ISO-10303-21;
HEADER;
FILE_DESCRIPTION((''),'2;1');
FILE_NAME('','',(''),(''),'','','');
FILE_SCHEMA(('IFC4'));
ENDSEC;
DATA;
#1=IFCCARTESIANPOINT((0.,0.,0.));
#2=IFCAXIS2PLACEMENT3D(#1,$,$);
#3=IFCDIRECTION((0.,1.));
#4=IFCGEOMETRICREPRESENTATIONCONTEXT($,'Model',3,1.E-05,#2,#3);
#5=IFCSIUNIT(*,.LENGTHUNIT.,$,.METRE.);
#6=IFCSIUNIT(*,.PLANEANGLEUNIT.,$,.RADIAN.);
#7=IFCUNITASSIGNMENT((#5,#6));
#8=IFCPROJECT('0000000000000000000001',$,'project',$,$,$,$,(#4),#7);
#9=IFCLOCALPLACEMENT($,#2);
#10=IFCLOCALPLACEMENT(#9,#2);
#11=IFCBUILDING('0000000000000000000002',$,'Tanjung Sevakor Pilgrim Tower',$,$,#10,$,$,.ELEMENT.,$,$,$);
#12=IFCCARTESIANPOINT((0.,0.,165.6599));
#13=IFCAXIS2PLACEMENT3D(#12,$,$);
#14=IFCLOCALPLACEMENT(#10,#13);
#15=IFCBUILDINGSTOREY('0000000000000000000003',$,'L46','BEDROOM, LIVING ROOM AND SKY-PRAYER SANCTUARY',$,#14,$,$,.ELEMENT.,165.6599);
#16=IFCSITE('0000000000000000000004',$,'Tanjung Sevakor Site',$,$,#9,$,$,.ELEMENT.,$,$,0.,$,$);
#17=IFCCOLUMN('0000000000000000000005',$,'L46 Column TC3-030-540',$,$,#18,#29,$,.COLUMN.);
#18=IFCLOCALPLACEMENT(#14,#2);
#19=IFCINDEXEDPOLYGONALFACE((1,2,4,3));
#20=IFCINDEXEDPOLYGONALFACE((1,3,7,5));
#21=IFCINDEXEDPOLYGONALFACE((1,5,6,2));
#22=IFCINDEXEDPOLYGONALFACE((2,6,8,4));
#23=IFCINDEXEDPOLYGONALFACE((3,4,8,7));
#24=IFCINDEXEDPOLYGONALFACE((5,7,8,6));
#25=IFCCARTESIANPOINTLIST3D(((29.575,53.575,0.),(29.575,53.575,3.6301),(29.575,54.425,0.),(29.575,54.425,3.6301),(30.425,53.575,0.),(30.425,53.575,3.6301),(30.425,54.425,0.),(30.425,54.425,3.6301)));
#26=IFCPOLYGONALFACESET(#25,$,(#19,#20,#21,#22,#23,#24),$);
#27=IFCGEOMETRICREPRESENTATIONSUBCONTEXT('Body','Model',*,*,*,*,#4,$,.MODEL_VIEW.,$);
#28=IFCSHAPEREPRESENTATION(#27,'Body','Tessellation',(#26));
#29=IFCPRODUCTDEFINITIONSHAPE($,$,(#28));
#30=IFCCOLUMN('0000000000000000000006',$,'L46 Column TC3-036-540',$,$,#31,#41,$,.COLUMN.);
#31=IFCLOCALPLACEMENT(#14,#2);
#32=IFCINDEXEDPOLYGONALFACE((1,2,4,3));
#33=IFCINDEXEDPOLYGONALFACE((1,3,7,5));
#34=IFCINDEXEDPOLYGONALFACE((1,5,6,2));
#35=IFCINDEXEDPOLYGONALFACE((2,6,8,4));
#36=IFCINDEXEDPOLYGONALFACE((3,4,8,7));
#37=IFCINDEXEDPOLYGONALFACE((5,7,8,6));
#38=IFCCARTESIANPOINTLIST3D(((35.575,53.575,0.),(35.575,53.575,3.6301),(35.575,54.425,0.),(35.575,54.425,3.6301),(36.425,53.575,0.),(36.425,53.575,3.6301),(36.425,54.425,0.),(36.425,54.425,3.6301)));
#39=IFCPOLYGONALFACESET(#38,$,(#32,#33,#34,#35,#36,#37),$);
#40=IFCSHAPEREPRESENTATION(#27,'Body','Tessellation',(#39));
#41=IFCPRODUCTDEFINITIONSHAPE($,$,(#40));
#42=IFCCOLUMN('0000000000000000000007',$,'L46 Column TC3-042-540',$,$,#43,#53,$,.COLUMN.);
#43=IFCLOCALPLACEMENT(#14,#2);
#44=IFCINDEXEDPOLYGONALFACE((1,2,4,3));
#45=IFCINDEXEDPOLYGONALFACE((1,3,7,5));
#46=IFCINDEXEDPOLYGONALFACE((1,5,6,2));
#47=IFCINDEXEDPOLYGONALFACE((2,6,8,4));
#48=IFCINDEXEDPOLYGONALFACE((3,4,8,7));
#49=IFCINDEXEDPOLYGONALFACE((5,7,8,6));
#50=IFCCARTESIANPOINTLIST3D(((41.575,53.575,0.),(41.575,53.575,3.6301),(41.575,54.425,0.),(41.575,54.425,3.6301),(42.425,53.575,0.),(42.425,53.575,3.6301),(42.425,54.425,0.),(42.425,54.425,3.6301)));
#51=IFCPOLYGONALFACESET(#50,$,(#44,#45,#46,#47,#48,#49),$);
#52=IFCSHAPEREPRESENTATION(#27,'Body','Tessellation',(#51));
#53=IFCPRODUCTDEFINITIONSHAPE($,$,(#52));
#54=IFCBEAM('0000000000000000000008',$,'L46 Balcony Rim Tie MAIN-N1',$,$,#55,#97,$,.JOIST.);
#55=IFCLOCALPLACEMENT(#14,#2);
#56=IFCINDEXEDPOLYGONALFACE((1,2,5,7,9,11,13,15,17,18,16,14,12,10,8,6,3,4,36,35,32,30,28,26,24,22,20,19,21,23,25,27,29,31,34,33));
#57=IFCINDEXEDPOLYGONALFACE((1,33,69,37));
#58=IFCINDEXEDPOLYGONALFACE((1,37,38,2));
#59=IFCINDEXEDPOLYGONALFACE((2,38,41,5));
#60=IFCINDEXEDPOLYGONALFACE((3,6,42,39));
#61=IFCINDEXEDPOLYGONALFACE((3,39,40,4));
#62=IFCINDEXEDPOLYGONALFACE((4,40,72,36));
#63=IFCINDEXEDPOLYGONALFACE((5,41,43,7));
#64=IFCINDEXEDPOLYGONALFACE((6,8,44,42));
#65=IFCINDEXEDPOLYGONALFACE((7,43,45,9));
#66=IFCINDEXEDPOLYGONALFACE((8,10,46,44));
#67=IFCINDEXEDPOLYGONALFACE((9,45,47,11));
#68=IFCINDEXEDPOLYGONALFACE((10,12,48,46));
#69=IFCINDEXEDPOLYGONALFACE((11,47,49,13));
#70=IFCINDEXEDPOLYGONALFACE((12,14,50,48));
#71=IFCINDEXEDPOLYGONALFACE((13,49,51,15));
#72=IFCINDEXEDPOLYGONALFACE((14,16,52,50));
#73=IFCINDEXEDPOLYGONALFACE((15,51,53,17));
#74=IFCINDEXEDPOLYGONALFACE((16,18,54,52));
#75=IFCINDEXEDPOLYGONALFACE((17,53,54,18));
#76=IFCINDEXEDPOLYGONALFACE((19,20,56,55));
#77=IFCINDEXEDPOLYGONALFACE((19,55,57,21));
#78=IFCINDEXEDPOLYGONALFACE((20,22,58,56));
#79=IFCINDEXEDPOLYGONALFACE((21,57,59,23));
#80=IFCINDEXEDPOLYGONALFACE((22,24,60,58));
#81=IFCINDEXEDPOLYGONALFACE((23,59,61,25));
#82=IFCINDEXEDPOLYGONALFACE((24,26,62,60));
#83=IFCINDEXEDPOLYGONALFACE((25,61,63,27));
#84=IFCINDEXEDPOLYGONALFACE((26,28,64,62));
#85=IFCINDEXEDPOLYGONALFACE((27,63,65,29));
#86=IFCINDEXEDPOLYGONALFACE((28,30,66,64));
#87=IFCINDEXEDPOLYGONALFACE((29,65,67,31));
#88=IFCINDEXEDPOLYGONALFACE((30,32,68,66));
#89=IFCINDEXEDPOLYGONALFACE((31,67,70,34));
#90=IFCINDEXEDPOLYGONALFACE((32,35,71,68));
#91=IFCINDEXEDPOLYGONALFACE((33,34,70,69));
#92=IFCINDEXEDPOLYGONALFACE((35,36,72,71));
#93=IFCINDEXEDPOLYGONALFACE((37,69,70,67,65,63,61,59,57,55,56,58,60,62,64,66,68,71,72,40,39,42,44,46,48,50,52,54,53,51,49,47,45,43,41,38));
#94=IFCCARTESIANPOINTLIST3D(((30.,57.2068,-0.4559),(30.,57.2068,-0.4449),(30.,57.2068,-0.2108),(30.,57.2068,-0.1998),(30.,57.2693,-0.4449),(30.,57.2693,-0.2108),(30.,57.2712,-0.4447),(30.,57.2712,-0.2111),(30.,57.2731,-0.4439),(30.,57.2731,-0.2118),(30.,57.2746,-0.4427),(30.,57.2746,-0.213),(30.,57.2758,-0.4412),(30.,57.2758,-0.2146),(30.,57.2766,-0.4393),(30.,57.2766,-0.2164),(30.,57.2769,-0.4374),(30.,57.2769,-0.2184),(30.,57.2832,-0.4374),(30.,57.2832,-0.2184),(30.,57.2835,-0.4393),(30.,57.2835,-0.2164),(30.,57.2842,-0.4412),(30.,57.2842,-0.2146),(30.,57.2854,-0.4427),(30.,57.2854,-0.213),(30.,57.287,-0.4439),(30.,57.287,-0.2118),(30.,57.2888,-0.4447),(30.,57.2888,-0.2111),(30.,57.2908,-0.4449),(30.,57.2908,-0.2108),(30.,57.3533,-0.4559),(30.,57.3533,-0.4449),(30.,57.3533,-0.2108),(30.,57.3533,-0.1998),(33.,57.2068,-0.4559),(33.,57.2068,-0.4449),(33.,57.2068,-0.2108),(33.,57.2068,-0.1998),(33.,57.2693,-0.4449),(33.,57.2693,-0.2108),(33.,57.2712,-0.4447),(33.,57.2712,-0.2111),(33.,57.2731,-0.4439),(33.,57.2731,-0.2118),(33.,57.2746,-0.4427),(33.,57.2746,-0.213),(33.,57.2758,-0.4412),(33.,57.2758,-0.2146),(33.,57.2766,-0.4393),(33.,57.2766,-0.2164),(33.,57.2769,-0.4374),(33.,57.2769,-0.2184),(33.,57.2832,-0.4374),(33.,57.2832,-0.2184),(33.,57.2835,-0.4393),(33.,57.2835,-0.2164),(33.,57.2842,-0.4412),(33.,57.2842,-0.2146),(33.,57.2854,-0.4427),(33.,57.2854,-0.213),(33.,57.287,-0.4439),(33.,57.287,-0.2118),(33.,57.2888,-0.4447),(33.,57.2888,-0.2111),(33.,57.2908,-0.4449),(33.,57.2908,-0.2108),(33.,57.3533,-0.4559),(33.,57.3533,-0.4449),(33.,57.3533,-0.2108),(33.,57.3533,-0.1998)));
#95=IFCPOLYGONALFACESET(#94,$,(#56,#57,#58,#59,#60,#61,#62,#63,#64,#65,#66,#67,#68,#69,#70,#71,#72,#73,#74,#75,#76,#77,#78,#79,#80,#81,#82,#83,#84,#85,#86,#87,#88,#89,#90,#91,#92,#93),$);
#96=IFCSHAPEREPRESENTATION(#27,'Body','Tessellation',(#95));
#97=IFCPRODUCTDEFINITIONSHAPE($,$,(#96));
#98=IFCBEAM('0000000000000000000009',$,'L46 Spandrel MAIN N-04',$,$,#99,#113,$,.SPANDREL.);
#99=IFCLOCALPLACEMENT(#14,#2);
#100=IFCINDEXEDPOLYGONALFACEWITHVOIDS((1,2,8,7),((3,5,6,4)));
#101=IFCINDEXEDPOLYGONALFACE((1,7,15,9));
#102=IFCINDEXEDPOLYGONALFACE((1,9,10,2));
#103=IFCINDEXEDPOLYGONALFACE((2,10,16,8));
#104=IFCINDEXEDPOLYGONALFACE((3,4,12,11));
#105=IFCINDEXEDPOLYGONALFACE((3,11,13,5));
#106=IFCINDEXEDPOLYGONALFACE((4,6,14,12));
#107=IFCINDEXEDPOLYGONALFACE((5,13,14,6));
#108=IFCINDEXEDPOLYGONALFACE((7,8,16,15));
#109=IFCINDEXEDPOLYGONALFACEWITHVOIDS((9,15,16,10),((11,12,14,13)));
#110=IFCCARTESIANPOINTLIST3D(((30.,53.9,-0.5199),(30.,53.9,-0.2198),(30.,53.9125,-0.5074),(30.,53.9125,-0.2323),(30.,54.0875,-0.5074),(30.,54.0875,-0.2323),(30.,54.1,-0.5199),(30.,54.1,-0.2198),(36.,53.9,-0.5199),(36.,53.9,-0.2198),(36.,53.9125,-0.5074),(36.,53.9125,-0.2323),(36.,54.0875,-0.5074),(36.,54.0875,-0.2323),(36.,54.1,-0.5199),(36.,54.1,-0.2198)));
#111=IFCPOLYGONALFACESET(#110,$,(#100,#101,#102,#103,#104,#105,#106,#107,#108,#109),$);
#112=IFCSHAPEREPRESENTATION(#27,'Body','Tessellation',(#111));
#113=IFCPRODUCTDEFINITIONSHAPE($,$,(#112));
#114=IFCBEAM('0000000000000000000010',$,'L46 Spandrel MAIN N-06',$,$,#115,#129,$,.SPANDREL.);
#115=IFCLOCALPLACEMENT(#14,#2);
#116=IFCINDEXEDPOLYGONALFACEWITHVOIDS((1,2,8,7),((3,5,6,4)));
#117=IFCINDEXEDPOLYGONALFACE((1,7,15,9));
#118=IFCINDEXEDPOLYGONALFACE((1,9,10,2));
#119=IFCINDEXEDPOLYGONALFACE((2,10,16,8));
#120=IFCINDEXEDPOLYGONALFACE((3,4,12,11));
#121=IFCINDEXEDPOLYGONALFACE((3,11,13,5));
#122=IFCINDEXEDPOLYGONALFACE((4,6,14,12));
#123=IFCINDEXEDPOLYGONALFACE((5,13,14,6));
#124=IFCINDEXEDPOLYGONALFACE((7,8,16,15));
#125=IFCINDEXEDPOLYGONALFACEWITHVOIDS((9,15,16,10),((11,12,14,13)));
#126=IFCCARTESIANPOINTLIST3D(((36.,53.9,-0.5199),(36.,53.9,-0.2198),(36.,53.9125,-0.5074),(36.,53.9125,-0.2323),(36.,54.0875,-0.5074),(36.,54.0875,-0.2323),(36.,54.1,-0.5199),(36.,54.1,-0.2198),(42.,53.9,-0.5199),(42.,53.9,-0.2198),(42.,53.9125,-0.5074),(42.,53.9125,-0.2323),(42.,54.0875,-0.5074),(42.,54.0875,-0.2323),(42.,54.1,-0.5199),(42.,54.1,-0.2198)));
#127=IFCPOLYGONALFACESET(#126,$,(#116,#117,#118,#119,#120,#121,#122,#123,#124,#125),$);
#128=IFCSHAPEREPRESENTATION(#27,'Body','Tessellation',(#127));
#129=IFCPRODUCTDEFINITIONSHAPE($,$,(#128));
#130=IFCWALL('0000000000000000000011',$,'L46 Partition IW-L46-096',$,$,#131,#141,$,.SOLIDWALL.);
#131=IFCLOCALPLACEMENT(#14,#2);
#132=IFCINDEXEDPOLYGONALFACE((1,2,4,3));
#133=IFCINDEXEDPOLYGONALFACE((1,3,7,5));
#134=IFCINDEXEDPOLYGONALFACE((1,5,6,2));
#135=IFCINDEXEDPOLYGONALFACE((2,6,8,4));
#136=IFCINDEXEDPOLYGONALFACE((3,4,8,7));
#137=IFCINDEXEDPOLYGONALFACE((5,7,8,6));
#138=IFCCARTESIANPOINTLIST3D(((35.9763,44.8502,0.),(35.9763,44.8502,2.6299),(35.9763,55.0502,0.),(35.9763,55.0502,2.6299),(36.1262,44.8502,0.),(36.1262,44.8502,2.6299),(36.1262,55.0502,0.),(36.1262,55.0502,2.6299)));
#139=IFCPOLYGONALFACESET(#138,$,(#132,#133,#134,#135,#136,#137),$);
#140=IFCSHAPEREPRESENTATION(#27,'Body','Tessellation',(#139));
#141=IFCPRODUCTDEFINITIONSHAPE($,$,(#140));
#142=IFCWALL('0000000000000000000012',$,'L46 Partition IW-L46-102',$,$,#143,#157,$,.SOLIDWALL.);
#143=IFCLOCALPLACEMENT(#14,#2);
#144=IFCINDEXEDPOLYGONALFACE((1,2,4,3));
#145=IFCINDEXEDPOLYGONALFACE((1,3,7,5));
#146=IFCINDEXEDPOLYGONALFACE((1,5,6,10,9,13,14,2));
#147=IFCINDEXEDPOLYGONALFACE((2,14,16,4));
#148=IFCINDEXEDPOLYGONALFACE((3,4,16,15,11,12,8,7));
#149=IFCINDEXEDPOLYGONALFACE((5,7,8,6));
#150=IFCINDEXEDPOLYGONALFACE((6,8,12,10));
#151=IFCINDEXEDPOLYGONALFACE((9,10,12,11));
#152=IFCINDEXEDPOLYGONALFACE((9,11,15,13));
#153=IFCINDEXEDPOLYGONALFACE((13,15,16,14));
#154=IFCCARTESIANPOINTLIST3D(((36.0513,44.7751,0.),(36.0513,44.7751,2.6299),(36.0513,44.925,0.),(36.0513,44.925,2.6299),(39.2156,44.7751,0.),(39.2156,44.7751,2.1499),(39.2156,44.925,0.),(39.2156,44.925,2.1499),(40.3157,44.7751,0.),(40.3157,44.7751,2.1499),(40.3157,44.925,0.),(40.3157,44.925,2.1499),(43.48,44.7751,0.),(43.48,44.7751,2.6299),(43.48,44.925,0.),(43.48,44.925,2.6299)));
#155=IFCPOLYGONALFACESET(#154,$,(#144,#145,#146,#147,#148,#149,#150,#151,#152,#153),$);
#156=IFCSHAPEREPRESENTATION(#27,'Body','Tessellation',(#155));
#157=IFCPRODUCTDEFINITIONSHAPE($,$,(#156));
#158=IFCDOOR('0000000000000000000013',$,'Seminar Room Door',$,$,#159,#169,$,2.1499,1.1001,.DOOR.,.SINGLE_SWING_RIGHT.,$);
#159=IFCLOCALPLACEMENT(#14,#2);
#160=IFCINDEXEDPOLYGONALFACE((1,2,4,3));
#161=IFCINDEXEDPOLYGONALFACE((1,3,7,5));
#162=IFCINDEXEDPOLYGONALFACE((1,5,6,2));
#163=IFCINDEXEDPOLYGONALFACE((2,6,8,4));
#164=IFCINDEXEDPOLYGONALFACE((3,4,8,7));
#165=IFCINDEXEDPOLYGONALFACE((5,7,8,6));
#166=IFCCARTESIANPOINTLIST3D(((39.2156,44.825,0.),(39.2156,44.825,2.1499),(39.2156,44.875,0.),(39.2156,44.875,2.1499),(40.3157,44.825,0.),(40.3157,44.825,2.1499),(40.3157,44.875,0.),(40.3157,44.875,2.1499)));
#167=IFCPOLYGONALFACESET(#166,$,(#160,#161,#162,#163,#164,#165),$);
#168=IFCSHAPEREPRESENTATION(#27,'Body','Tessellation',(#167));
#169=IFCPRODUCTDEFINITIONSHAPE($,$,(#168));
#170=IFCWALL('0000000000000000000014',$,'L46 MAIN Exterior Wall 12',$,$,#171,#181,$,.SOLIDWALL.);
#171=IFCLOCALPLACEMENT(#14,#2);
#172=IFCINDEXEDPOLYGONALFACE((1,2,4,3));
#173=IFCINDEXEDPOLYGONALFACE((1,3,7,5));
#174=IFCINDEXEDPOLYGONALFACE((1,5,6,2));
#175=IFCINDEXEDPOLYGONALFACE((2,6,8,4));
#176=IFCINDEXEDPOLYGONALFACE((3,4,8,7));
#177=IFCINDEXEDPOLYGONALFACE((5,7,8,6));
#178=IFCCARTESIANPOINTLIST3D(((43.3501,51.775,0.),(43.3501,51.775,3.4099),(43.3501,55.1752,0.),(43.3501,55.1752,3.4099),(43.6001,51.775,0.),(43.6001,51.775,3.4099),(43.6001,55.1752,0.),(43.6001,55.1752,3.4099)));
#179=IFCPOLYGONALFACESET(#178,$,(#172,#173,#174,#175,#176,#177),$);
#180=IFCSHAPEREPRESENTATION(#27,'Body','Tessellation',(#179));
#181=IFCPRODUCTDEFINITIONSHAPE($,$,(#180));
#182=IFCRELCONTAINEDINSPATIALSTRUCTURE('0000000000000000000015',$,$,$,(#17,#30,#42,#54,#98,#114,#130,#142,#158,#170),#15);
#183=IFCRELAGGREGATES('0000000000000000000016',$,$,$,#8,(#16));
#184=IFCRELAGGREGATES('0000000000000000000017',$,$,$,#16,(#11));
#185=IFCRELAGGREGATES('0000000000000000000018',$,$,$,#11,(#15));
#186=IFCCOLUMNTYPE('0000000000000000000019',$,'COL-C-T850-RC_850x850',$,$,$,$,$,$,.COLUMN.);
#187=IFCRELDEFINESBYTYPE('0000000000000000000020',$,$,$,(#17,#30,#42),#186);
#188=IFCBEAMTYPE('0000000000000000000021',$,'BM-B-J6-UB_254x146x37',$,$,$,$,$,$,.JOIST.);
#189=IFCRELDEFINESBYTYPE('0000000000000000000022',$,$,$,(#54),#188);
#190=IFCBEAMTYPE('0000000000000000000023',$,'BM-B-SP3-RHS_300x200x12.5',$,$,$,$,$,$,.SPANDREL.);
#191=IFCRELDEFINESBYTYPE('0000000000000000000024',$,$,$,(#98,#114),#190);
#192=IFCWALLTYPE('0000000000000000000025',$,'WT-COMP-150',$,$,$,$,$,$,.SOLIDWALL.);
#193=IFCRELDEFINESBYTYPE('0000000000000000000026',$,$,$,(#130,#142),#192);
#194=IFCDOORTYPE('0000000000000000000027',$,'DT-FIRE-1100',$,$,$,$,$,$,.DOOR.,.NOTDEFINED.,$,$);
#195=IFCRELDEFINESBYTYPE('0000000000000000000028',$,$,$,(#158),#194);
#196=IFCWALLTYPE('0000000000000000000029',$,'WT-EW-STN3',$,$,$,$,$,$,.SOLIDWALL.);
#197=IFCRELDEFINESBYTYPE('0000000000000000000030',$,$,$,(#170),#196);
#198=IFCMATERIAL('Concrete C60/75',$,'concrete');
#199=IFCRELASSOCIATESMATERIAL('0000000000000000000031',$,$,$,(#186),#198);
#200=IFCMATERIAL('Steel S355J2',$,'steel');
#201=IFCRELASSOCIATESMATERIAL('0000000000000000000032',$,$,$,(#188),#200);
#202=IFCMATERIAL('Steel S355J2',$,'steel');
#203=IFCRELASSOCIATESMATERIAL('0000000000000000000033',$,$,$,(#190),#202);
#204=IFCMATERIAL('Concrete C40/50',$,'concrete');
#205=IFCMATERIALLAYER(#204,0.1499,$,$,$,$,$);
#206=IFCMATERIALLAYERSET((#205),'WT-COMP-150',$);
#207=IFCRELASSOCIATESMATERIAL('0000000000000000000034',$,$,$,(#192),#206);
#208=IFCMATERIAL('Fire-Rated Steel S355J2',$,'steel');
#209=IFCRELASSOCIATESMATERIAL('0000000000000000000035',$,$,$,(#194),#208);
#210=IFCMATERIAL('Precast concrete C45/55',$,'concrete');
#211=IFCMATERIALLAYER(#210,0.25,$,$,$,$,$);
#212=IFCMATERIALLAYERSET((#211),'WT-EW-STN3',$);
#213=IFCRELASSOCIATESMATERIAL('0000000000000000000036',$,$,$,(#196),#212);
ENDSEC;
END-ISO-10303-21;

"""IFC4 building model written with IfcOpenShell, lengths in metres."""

from ifc_helpers import new_model, si_unit, direction, frame, frame_2d, origin, origin_2d, place, context, subcontext, project, spatial, rectangle, hollow_rectangle, i_section, extrude, material, layer, layer_set, material_profile, profile_set, type_object, element, fill, save


model = new_model("IFC4")

# Units and contexts
model_context = context("Model", 3, precision=1e-05, world=origin(), true_north=direction((0.0, 1.0)))
body_context = subcontext(model_context, "Body", "Model", "MODEL_VIEW")
ifc_project = project(units=[si_unit("LENGTHUNIT", "METRE"), si_unit("PLANEANGLEUNIT", "RADIAN")], contexts=[model_context])

# Site, building, storey
site_placement = place(None, origin())
site = spatial("IfcSite", under=ifc_project, at=site_placement, Name="Tanjung Sevakor Site", CompositionType="ELEMENT", RefElevation=0.0)
building_placement = place(site_placement, origin())
building = spatial("IfcBuilding", under=site, at=building_placement, Name="Tanjung Sevakor Pilgrim Tower", CompositionType="ELEMENT")
storey_placement = place(building_placement, frame((0.0, 0.0, 165.6599)))
storey = spatial("IfcBuildingStorey", under=building, at=storey_placement, Name="L46", Description="BEDROOM, LIVING ROOM AND SKY-PRAYER SANCTUARY", CompositionType="ELEMENT", Elevation=165.6599)

# Columns
ifc_material_1 = material(Name="Concrete C60/75", Category="concrete")
ifc_material_profile_1 = material_profile(ifc_material_1, rectangle(XDim=0.8501, YDim=0.8501, at=origin_2d()))
ifc_profile_set_1 = profile_set([ifc_material_profile_1], Name="Concrete C60/75")
column_type = type_object("IfcColumnType", Name="COL-C-T850-RC_850x850", PredefinedType="COLUMN", material=ifc_profile_set_1)
for number, where, z_axis, x_axis, name in (
    (1, (30.0, 54.0, 0.0), (0.0, 0.0, 1.0), (1.0, 0.0, 0.0), "L46 Column TC3-030-540"),
    (2, (36.0, 54.0, 0.0), (0.0, 0.0, 1.0), (1.0, 0.0, 0.0), "L46 Column TC3-036-540"),
    (3, (42.0, 54.0, 0.0), (0.0, 0.0, 1.0), (1.0, 0.0, 0.0), "L46 Column TC3-042-540"),
):
    element("IfcColumn", number, at=place(storey_placement, frame(where, z_axis=z_axis, x_axis=x_axis)), inside=storey, type_object=column_type, Name=name, PredefinedType="COLUMN", context=body_context, shape_type="SweptSolid", body=[
        extrude(rectangle(XDim=0.8501, YDim=0.8501, at=origin_2d()), origin(), (0.0, 0.0, 1.0), 3.6301),
    ])

# Beams
ifc_material_2 = material(Name="Steel S355J2", Category="steel")
ifc_material_profile_2 = material_profile(ifc_material_2, i_section(OverallWidth=0.1465, OverallDepth=0.2561, WebThickness=0.0063, FlangeThickness=0.011, FilletRadius=0.0076, at=origin_2d()))
ifc_profile_set_2 = profile_set([ifc_material_profile_2], Name="Steel S355J2")
beam_type_1 = type_object("IfcBeamType", Name="BM-B-J6-UB_254x146x37", PredefinedType="JOIST", material=ifc_profile_set_2)
beam_placement = place(storey_placement, frame((30.0, 57.28, -0.3279), z_axis=(1.0, 0.0, 0.0), x_axis=(0.0, 1.0, 0.0)))
element("IfcBeam", 4, at=beam_placement, inside=storey, type_object=beam_type_1, Name="L46 Balcony Rim Tie MAIN-N1", PredefinedType="JOIST", context=body_context, shape_type="SweptSolid", body=[
    extrude(i_section(OverallWidth=0.1465, OverallDepth=0.2561, WebThickness=0.0063, FlangeThickness=0.011, FilletRadius=0.0076, at=origin_2d()), origin(), (0.0, 0.0, 1.0), 3.0),
])
ifc_material_3 = material(Name="Steel S355J2", Category="steel")
ifc_material_profile_3 = material_profile(ifc_material_3, hollow_rectangle(XDim=0.2, YDim=0.3, WallThickness=0.0125, at=origin_2d()))
ifc_profile_set_3 = profile_set([ifc_material_profile_3], Name="Steel S355J2")
beam_type_2 = type_object("IfcBeamType", Name="BM-B-SP3-RHS_300x200x12.5", PredefinedType="SPANDREL", material=ifc_profile_set_3)
for number, where, z_axis, x_axis, name in (
    (5, (30.0, 54.0, -0.3699), (1.0, 0.0, 0.0), (0.0, 1.0, 0.0), "L46 Spandrel MAIN N-04"),
    (6, (36.0, 54.0, -0.3699), (1.0, 0.0, 0.0), (0.0, 1.0, 0.0), "L46 Spandrel MAIN N-06"),
):
    element("IfcBeam", number, at=place(storey_placement, frame(where, z_axis=z_axis, x_axis=x_axis)), inside=storey, type_object=beam_type_2, Name=name, PredefinedType="SPANDREL", context=body_context, shape_type="SweptSolid", body=[
        extrude(hollow_rectangle(XDim=0.2, YDim=0.3, WallThickness=0.0125, at=origin_2d()), origin(), (0.0, 0.0, 1.0), 6.0),
    ])

# Wall
ifc_material_4 = material(Name="Concrete C40/50", Category="concrete")
ifc_layer_1 = layer(ifc_material_4, 0.1499)
ifc_layer_set_1 = layer_set([ifc_layer_1], Name="WT-COMP-150")
wall_type_1 = type_object("IfcWallType", Name="WT-COMP-150", PredefinedType="SOLIDWALL", material=ifc_layer_set_1)
wall_1_placement = place(storey_placement, frame((36.0513, 44.8501, 0.0), z_axis=(0.0, 0.0, 1.0), x_axis=(0.0, 1.0, 0.0)))
element("IfcWall", 7, at=wall_1_placement, inside=storey, type_object=wall_type_1, Name="L46 Partition IW-L46-096", PredefinedType="SOLIDWALL", context=body_context, shape_type="SweptSolid", body=[
    extrude(rectangle(XDim=10.2, YDim=0.1499, at=frame_2d((5.1001, 0.0))), origin(), (0.0, 0.0, 1.0), 2.6299),
])

# Wall, opening, door
wall_2_placement = place(storey_placement, frame((36.0513, 44.8501, 0.0), z_axis=(0.0, 0.0, 1.0), x_axis=(1.0, 0.0, 0.0)))
wall_2 = element("IfcWall", 8, at=wall_2_placement, inside=storey, type_object=wall_type_1, Name="L46 Partition IW-L46-102", PredefinedType="SOLIDWALL", context=body_context, shape_type="SweptSolid", body=[
    extrude(rectangle(XDim=7.4287, YDim=0.1499, at=frame_2d((3.7144, 0.0))), origin(), (0.0, 0.0, 1.0), 2.6299),
])
opening_placement = place(wall_2_placement, frame((3.1643, 0.0, 0.0)))
opening = element("IfcOpeningElement", 9, at=opening_placement, cuts=wall_2, PredefinedType="OPENING", context=body_context, shape_type="SweptSolid", body=[
    extrude(rectangle(XDim=1.1001, YDim=2.1499, at=frame_2d((0.55, 1.075))), frame((0.0, 0.085, 0.0), z_axis=(0.0, -1.0, 0.0), x_axis=(1.0, 0.0, 0.0)), (0.0, 0.0, 1.0), 0.1699),
])
ifc_material_5 = material(Name="Fire-Rated Steel S355J2", Category="steel")
door_type = type_object("IfcDoorType", Name="DT-FIRE-1100", OperationType="NOTDEFINED", PredefinedType="DOOR", material=ifc_material_5)
door_placement = place(opening_placement, origin())
door = element("IfcDoor", 10, at=door_placement, inside=storey, type_object=door_type, Name="Seminar Room Door", OperationType="SINGLE_SWING_RIGHT", OverallHeight=2.1499, OverallWidth=1.1001, PredefinedType="DOOR", context=body_context, shape_type="SweptSolid", body=[
    extrude(rectangle(XDim=1.1001, YDim=2.1499, at=frame_2d((0.55, 1.075))), frame((0.0, 0.0249, 0.0), z_axis=(0.0, -1.0, 0.0), x_axis=(1.0, 0.0, 0.0)), (0.0, 0.0, 1.0), 0.05),
])
fill(opening, door)

# Wall
ifc_material_6 = material(Name="Precast concrete C45/55", Category="concrete")
ifc_layer_2 = layer(ifc_material_6, 0.25)
ifc_layer_set_2 = layer_set([ifc_layer_2], Name="WT-EW-STN3")
wall_type_2 = type_object("IfcWallType", Name="WT-EW-STN3", PredefinedType="SOLIDWALL", material=ifc_layer_set_2)
wall_3_placement = place(storey_placement, frame((43.4751, 51.7749, 0.0), z_axis=(0.0, 0.0, 1.0), x_axis=(0.0, 1.0, 0.0)))
element("IfcWall", 11, at=wall_3_placement, inside=storey, type_object=wall_type_2, Name="L46 MAIN Exterior Wall 12", PredefinedType="SOLIDWALL", context=body_context, shape_type="SweptSolid", body=[
    extrude(rectangle(XDim=3.4001, YDim=0.25, at=frame_2d((1.7002, 0.0))), origin(), (0.0, 0.0, 1.0), 3.4099),
])

save(model, "model.ifc")
